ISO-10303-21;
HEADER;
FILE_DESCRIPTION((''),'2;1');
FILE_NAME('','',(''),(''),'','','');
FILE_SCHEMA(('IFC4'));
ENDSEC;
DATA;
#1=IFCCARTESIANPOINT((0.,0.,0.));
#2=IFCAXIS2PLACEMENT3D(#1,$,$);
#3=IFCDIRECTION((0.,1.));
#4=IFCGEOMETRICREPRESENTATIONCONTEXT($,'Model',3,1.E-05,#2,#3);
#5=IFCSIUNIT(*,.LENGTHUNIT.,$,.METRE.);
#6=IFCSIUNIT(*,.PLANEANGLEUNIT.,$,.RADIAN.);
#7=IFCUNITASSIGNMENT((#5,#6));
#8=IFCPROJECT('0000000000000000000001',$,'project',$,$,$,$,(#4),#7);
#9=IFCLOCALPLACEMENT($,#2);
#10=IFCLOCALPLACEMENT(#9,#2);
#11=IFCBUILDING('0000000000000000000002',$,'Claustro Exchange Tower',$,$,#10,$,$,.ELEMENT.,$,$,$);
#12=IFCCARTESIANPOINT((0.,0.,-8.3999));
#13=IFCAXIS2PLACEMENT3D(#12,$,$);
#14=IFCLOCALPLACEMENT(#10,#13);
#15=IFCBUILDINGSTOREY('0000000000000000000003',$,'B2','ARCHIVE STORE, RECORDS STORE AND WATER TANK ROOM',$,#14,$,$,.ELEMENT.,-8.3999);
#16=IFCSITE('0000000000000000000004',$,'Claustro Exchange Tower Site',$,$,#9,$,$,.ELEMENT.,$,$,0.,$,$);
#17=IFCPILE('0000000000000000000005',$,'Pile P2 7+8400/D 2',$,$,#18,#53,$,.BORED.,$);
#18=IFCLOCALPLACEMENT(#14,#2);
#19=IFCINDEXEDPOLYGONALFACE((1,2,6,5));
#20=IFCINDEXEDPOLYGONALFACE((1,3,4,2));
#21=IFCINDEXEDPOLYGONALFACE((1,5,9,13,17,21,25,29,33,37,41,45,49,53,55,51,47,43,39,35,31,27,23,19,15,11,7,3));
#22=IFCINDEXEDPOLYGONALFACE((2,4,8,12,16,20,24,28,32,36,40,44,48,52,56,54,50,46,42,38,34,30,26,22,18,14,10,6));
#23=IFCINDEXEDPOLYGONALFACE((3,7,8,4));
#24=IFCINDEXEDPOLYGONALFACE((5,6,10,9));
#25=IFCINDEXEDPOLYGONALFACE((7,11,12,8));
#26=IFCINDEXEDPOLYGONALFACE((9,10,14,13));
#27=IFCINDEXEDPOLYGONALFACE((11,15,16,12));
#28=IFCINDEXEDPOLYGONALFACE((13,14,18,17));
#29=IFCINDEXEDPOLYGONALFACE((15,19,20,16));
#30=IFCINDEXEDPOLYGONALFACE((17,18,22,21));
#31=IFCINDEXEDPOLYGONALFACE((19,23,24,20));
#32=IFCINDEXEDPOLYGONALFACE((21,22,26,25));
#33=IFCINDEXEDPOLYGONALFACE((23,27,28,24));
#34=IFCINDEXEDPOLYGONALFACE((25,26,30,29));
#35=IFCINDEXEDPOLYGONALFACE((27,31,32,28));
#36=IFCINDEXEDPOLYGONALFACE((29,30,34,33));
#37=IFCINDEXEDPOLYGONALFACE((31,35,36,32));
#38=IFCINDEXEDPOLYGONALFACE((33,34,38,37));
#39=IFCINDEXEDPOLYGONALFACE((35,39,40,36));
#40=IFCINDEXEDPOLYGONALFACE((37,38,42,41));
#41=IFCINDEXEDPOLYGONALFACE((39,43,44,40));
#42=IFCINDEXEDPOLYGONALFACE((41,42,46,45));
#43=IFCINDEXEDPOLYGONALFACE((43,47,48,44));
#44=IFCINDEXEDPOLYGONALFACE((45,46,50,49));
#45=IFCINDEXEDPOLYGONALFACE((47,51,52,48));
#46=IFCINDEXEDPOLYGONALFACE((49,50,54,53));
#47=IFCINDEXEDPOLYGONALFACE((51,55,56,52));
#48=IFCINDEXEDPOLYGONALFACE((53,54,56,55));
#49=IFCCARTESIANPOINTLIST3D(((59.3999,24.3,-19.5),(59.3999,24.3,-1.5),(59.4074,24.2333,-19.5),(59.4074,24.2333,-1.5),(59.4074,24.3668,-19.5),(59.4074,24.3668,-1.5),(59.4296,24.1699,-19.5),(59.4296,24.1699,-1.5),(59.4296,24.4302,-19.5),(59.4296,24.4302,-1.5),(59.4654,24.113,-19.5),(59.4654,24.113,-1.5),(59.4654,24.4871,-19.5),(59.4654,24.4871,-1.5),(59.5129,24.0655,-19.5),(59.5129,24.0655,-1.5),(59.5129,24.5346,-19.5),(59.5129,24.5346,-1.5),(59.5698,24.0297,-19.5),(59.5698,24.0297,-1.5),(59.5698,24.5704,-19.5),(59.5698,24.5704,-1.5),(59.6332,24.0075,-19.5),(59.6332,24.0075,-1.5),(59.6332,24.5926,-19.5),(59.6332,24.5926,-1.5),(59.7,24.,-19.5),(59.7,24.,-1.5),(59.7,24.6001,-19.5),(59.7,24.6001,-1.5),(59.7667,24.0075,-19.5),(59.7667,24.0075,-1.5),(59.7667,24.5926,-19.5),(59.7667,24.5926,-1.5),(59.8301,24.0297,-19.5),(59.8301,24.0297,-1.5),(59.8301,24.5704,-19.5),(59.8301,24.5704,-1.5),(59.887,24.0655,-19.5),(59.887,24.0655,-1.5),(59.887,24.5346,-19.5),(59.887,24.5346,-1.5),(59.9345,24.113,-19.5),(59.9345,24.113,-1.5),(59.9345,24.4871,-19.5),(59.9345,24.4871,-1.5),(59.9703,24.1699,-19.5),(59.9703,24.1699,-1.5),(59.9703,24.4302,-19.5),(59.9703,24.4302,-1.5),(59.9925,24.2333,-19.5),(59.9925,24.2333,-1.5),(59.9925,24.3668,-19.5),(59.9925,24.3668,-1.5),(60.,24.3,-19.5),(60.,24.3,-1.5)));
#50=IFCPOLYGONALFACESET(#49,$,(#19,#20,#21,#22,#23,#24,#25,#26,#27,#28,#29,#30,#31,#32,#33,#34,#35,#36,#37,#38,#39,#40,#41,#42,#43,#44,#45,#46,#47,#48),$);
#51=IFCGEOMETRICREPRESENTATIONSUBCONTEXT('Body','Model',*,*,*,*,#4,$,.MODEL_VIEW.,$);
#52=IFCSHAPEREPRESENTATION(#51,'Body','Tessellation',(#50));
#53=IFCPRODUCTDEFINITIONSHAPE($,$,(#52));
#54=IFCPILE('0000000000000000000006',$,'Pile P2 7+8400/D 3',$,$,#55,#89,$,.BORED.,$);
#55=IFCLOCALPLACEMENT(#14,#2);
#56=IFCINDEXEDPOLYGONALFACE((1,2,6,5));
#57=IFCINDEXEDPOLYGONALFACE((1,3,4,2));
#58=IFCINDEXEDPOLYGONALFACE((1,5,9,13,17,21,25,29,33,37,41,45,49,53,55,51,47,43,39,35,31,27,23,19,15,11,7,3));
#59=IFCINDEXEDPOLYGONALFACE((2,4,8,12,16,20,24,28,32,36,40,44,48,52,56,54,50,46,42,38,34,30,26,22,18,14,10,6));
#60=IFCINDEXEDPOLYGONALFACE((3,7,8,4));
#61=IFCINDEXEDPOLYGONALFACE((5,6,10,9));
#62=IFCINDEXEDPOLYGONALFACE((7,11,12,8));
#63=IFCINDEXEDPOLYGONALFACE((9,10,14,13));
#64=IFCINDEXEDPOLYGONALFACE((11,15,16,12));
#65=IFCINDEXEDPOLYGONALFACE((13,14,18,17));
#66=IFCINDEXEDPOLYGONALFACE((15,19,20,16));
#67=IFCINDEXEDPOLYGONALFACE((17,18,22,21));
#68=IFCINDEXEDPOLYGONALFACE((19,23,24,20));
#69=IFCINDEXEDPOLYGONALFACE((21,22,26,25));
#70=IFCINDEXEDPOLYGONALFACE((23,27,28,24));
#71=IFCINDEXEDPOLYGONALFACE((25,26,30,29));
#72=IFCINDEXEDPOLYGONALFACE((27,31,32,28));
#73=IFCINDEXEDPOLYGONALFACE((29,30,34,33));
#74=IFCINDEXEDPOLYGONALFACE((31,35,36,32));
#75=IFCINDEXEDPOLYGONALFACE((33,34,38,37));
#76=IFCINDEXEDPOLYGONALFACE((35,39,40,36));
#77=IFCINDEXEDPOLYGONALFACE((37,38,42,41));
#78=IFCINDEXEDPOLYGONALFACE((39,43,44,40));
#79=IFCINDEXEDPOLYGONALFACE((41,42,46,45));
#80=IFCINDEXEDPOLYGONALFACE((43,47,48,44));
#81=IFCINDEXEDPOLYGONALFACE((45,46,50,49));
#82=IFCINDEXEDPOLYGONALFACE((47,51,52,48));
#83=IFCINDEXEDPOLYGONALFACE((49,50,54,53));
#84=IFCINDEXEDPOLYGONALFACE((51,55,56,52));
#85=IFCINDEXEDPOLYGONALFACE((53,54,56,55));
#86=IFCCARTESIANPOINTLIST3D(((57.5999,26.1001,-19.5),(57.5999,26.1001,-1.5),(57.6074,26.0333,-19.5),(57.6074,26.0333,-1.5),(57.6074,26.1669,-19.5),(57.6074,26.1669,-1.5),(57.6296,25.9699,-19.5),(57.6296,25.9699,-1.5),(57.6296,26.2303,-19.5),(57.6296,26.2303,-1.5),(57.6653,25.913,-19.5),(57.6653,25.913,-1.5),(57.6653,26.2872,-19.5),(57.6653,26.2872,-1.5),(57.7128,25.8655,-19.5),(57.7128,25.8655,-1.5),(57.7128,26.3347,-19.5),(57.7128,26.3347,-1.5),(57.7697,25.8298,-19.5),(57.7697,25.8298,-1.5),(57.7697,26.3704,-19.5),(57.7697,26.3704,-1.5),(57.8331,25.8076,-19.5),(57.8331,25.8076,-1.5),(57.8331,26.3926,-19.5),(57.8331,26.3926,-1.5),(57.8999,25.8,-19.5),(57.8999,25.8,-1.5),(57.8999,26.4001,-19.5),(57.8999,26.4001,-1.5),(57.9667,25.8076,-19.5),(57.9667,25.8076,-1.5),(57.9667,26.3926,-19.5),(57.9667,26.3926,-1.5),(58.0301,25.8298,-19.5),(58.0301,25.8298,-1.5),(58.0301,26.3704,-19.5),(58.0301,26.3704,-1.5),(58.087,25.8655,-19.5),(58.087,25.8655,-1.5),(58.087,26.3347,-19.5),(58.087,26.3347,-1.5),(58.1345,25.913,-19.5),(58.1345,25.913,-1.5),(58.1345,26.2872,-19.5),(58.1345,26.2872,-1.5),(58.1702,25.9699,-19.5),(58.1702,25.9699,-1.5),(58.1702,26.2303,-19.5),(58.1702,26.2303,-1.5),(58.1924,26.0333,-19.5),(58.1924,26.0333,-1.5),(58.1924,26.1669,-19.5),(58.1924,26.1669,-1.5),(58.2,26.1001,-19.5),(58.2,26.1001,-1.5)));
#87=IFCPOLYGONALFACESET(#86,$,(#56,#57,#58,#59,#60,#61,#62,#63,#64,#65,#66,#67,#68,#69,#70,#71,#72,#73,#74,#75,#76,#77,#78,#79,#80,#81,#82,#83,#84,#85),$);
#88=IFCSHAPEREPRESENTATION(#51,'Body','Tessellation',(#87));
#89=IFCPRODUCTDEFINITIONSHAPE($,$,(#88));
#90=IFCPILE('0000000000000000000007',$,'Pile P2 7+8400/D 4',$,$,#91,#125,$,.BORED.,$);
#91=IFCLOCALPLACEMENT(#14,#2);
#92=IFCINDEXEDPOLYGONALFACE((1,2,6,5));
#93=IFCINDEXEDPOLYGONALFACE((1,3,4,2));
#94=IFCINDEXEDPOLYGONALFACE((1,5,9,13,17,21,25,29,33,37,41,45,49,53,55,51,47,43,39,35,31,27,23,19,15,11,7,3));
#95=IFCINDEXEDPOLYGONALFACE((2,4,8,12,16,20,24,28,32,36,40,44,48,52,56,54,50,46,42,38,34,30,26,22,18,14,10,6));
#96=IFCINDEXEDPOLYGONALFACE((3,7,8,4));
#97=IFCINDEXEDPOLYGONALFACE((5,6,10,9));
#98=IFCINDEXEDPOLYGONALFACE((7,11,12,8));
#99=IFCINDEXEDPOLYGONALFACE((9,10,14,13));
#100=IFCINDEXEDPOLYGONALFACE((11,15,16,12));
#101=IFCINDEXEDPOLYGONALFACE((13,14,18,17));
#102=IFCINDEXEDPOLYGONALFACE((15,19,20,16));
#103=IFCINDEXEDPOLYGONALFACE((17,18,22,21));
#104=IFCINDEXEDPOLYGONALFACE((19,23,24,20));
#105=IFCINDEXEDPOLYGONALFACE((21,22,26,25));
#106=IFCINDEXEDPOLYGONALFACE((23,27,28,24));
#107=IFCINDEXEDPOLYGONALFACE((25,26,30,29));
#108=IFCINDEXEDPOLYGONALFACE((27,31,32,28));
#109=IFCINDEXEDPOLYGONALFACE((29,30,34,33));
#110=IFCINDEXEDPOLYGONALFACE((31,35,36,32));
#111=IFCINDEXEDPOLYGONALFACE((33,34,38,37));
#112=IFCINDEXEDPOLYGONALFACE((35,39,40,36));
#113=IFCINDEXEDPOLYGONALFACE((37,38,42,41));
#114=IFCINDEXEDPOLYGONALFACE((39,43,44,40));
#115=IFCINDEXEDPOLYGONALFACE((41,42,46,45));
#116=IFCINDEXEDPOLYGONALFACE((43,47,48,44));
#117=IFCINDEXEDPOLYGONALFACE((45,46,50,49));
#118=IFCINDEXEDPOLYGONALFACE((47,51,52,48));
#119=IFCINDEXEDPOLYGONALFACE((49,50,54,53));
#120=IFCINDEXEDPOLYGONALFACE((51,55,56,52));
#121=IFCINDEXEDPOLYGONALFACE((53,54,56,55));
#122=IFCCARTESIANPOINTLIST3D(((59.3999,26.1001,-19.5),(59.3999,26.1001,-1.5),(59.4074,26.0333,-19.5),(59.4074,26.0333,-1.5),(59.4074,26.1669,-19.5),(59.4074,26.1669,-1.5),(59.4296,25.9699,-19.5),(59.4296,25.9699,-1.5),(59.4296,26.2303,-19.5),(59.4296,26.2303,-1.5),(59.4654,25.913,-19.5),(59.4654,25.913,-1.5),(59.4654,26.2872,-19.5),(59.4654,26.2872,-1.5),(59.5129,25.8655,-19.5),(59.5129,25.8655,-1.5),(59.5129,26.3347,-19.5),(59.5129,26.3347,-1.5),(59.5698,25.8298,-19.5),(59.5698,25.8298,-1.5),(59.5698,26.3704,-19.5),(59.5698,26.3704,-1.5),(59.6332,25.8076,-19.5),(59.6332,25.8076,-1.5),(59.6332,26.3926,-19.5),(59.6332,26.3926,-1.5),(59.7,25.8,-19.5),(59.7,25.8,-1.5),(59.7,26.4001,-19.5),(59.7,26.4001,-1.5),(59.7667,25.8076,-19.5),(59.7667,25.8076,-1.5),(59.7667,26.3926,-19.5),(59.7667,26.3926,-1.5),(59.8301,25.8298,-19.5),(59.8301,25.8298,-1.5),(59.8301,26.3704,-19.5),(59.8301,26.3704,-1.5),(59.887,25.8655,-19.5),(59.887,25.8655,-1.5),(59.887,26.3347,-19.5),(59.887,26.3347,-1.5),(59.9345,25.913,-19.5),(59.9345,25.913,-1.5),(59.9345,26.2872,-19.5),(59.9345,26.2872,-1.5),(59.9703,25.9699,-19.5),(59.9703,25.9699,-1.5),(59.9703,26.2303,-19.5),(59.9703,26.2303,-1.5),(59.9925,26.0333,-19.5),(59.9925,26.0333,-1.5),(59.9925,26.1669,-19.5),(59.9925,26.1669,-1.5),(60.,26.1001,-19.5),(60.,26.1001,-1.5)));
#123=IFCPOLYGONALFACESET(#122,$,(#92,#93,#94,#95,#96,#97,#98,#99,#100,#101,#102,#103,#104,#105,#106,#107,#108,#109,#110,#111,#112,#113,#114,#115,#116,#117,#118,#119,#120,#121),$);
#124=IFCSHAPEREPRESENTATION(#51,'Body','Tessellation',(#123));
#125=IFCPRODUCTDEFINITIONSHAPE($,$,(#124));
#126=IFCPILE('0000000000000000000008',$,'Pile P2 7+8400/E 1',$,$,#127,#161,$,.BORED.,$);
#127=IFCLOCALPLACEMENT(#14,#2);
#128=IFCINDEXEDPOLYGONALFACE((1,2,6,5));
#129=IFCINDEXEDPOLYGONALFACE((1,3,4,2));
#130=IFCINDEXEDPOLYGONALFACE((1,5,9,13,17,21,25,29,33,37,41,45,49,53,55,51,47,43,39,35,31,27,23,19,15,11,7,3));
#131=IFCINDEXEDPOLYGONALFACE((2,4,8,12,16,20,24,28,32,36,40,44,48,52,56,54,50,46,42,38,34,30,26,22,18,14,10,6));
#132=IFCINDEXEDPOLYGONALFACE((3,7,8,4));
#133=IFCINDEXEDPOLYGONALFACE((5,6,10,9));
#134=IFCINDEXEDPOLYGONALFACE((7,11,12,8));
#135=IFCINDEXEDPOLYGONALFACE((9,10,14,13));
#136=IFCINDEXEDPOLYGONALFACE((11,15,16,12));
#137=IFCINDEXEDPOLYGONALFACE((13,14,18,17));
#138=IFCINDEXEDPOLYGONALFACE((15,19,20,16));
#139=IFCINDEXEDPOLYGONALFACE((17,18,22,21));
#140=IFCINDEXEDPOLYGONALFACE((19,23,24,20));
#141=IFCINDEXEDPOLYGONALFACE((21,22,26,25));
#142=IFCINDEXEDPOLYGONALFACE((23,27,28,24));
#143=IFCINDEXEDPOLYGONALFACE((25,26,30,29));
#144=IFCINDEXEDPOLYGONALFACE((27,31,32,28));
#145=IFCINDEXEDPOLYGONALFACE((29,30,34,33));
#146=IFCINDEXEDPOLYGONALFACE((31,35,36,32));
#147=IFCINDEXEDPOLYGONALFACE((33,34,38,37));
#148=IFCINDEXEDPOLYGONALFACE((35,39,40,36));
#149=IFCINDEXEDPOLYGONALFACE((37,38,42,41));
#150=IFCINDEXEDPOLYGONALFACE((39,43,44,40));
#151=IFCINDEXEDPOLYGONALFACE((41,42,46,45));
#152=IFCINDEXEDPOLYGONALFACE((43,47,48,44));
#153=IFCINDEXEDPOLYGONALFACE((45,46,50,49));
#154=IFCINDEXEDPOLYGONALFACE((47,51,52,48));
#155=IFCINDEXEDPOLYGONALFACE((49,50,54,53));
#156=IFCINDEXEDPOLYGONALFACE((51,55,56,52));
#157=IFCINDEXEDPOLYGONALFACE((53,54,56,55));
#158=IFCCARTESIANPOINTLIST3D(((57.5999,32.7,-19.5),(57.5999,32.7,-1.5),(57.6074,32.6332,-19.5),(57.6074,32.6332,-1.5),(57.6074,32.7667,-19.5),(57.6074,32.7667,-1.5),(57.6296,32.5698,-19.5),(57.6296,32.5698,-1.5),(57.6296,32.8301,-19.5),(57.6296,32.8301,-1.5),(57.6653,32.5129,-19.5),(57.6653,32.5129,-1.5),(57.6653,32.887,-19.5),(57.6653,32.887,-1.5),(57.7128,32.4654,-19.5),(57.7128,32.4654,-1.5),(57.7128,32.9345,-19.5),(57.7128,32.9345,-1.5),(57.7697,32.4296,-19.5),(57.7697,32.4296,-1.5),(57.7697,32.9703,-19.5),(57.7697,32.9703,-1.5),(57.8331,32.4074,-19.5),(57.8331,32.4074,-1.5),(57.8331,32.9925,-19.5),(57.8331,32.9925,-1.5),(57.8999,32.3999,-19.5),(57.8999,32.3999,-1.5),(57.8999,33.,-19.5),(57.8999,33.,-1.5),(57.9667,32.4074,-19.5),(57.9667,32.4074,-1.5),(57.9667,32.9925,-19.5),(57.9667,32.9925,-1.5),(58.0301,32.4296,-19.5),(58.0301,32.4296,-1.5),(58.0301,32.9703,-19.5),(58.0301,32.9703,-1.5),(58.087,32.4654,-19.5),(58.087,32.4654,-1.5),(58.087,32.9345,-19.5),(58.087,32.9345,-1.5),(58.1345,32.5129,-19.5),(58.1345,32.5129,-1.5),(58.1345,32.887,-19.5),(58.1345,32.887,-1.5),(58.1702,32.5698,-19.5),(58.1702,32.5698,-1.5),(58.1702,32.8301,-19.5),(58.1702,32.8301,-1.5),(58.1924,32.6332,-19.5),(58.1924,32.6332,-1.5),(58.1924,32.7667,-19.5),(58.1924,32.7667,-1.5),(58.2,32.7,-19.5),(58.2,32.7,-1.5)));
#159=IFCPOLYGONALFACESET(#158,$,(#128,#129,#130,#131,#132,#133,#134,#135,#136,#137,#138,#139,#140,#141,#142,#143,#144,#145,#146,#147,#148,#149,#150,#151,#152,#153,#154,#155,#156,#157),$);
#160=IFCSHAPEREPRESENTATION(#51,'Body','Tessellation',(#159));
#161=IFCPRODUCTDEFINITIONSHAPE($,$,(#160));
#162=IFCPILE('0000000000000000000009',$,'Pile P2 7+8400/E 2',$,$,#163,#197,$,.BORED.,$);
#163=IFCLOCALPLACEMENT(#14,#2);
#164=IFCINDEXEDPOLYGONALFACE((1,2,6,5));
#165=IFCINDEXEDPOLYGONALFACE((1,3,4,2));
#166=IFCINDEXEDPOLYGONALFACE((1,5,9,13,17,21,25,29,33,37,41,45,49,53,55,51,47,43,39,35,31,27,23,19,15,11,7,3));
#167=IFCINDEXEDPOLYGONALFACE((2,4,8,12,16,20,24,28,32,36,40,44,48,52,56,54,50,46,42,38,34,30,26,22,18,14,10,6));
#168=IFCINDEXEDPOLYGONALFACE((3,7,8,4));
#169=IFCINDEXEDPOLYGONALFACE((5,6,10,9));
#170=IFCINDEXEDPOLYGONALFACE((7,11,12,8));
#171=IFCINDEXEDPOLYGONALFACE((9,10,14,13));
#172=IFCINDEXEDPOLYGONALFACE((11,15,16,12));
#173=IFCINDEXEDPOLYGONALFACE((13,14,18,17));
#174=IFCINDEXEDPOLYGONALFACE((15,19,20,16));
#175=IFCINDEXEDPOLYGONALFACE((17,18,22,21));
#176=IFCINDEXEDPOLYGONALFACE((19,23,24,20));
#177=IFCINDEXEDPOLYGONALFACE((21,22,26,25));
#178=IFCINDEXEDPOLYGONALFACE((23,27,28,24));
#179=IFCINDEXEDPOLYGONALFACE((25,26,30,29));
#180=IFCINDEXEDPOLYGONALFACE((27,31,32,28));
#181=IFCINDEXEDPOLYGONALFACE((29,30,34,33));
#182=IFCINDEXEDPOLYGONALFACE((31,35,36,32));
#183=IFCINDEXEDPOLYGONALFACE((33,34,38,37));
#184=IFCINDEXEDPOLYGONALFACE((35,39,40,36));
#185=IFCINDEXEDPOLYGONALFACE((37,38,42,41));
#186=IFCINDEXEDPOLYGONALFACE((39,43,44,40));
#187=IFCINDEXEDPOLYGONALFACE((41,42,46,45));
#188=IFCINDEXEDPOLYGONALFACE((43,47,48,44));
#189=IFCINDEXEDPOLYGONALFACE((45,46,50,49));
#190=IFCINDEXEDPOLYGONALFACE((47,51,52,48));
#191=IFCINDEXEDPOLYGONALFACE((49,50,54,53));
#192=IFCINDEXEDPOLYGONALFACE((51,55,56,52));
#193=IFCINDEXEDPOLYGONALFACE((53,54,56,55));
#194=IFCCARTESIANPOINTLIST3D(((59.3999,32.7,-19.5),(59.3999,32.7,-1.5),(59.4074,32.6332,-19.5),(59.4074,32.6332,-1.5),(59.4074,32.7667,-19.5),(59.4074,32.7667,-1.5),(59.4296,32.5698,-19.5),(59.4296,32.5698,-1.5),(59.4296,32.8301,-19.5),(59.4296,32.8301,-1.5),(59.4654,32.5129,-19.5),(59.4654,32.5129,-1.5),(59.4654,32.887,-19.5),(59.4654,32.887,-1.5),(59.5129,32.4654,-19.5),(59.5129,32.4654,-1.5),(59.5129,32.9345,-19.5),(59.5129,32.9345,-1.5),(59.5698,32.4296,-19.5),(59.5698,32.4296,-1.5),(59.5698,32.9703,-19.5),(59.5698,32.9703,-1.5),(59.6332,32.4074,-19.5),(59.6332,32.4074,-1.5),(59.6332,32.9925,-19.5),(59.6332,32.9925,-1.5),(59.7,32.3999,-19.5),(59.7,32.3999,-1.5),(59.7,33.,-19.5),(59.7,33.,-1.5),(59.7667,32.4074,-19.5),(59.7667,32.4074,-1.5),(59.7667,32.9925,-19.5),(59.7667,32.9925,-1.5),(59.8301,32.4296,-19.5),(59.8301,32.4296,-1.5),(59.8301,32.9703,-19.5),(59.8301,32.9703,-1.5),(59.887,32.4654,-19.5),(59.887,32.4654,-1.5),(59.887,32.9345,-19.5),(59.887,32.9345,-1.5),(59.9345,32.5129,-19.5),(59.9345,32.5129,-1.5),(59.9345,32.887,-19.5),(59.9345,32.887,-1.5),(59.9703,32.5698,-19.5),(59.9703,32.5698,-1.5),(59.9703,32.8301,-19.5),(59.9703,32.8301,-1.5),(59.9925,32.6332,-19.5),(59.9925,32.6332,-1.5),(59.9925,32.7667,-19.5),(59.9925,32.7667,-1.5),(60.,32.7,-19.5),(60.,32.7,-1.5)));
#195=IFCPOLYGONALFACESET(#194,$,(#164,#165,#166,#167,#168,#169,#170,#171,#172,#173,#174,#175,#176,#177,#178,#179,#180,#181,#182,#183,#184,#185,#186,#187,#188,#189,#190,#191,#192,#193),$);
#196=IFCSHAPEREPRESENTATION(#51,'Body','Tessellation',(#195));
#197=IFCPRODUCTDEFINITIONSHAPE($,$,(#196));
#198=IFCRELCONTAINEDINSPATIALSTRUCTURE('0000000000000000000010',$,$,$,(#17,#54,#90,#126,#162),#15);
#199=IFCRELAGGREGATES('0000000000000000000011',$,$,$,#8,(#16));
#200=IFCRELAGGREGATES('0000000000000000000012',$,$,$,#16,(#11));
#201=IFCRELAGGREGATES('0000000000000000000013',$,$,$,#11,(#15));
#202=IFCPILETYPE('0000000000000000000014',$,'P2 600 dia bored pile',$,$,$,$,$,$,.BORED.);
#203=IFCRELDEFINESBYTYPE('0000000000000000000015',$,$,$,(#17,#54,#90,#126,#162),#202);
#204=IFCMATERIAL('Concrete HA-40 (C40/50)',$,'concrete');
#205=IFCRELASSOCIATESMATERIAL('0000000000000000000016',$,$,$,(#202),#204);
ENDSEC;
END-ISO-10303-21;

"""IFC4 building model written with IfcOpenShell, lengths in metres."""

from ifc_helpers import new_model, si_unit, direction, frame, origin, origin_2d, place, context, subcontext, project, spatial, circle, extrude, material, type_object, element, save


model = new_model("IFC4")

# Units and contexts
model_context = context("Model", 3, precision=1e-05, world=origin(), true_north=direction((0.0, 1.0)))
body_context = subcontext(model_context, "Body", "Model", "MODEL_VIEW")
ifc_project = project(units=[si_unit("LENGTHUNIT", "METRE"), si_unit("PLANEANGLEUNIT", "RADIAN")], contexts=[model_context])

# Site, building, storey
site_placement = place(None, origin())
site = spatial("IfcSite", under=ifc_project, at=site_placement, Name="Claustro Exchange Tower Site", CompositionType="ELEMENT", RefElevation=0.0)
building_placement = place(site_placement, origin())
building = spatial("IfcBuilding", under=site, at=building_placement, Name="Claustro Exchange Tower", CompositionType="ELEMENT")
storey_placement = place(building_placement, frame((0.0, 0.0, -8.3999)))
storey = spatial("IfcBuildingStorey", under=building, at=storey_placement, Name="B2", Description="ARCHIVE STORE, RECORDS STORE AND WATER TANK ROOM", CompositionType="ELEMENT", Elevation=-8.3999)

# Piles
ifc_material_1 = material(Name="Concrete HA-40 (C40/50)", Category="concrete")
pile_type_1 = type_object("IfcPileType", Name="P2 600 dia bored pile", PredefinedType="BORED", material=ifc_material_1)
for number, where, z_axis, x_axis, name in (
    (1, (59.7, 24.3, -1.5), (0.0, 0.0, -1.0), (1.0, 0.0, 0.0), "Pile P2 7+8400/D 2"),
    (2, (57.8999, 26.1001, -1.5), (0.0, 0.0, -1.0), (1.0, 0.0, 0.0), "Pile P2 7+8400/D 3"),
    (3, (59.7, 26.1001, -1.5), (0.0, 0.0, -1.0), (1.0, 0.0, 0.0), "Pile P2 7+8400/D 4"),
    (4, (57.8999, 32.7, -1.5), (0.0, 0.0, -1.0), (1.0, 0.0, 0.0), "Pile P2 7+8400/E 1"),
    (5, (59.7, 32.7, -1.5), (0.0, 0.0, -1.0), (1.0, 0.0, 0.0), "Pile P2 7+8400/E 2"),
):
    element("IfcPile", number, at=place(storey_placement, frame(where, z_axis=z_axis, x_axis=x_axis)), inside=storey, type_object=pile_type_1, Name=name, PredefinedType="BORED", context=body_context, shape_type="SweptSolid", body=[
        extrude(circle(Radius=0.3, at=origin_2d()), origin(), (0.0, 0.0, 1.0), 18.0),
    ])

save(model, "model.ifc")
